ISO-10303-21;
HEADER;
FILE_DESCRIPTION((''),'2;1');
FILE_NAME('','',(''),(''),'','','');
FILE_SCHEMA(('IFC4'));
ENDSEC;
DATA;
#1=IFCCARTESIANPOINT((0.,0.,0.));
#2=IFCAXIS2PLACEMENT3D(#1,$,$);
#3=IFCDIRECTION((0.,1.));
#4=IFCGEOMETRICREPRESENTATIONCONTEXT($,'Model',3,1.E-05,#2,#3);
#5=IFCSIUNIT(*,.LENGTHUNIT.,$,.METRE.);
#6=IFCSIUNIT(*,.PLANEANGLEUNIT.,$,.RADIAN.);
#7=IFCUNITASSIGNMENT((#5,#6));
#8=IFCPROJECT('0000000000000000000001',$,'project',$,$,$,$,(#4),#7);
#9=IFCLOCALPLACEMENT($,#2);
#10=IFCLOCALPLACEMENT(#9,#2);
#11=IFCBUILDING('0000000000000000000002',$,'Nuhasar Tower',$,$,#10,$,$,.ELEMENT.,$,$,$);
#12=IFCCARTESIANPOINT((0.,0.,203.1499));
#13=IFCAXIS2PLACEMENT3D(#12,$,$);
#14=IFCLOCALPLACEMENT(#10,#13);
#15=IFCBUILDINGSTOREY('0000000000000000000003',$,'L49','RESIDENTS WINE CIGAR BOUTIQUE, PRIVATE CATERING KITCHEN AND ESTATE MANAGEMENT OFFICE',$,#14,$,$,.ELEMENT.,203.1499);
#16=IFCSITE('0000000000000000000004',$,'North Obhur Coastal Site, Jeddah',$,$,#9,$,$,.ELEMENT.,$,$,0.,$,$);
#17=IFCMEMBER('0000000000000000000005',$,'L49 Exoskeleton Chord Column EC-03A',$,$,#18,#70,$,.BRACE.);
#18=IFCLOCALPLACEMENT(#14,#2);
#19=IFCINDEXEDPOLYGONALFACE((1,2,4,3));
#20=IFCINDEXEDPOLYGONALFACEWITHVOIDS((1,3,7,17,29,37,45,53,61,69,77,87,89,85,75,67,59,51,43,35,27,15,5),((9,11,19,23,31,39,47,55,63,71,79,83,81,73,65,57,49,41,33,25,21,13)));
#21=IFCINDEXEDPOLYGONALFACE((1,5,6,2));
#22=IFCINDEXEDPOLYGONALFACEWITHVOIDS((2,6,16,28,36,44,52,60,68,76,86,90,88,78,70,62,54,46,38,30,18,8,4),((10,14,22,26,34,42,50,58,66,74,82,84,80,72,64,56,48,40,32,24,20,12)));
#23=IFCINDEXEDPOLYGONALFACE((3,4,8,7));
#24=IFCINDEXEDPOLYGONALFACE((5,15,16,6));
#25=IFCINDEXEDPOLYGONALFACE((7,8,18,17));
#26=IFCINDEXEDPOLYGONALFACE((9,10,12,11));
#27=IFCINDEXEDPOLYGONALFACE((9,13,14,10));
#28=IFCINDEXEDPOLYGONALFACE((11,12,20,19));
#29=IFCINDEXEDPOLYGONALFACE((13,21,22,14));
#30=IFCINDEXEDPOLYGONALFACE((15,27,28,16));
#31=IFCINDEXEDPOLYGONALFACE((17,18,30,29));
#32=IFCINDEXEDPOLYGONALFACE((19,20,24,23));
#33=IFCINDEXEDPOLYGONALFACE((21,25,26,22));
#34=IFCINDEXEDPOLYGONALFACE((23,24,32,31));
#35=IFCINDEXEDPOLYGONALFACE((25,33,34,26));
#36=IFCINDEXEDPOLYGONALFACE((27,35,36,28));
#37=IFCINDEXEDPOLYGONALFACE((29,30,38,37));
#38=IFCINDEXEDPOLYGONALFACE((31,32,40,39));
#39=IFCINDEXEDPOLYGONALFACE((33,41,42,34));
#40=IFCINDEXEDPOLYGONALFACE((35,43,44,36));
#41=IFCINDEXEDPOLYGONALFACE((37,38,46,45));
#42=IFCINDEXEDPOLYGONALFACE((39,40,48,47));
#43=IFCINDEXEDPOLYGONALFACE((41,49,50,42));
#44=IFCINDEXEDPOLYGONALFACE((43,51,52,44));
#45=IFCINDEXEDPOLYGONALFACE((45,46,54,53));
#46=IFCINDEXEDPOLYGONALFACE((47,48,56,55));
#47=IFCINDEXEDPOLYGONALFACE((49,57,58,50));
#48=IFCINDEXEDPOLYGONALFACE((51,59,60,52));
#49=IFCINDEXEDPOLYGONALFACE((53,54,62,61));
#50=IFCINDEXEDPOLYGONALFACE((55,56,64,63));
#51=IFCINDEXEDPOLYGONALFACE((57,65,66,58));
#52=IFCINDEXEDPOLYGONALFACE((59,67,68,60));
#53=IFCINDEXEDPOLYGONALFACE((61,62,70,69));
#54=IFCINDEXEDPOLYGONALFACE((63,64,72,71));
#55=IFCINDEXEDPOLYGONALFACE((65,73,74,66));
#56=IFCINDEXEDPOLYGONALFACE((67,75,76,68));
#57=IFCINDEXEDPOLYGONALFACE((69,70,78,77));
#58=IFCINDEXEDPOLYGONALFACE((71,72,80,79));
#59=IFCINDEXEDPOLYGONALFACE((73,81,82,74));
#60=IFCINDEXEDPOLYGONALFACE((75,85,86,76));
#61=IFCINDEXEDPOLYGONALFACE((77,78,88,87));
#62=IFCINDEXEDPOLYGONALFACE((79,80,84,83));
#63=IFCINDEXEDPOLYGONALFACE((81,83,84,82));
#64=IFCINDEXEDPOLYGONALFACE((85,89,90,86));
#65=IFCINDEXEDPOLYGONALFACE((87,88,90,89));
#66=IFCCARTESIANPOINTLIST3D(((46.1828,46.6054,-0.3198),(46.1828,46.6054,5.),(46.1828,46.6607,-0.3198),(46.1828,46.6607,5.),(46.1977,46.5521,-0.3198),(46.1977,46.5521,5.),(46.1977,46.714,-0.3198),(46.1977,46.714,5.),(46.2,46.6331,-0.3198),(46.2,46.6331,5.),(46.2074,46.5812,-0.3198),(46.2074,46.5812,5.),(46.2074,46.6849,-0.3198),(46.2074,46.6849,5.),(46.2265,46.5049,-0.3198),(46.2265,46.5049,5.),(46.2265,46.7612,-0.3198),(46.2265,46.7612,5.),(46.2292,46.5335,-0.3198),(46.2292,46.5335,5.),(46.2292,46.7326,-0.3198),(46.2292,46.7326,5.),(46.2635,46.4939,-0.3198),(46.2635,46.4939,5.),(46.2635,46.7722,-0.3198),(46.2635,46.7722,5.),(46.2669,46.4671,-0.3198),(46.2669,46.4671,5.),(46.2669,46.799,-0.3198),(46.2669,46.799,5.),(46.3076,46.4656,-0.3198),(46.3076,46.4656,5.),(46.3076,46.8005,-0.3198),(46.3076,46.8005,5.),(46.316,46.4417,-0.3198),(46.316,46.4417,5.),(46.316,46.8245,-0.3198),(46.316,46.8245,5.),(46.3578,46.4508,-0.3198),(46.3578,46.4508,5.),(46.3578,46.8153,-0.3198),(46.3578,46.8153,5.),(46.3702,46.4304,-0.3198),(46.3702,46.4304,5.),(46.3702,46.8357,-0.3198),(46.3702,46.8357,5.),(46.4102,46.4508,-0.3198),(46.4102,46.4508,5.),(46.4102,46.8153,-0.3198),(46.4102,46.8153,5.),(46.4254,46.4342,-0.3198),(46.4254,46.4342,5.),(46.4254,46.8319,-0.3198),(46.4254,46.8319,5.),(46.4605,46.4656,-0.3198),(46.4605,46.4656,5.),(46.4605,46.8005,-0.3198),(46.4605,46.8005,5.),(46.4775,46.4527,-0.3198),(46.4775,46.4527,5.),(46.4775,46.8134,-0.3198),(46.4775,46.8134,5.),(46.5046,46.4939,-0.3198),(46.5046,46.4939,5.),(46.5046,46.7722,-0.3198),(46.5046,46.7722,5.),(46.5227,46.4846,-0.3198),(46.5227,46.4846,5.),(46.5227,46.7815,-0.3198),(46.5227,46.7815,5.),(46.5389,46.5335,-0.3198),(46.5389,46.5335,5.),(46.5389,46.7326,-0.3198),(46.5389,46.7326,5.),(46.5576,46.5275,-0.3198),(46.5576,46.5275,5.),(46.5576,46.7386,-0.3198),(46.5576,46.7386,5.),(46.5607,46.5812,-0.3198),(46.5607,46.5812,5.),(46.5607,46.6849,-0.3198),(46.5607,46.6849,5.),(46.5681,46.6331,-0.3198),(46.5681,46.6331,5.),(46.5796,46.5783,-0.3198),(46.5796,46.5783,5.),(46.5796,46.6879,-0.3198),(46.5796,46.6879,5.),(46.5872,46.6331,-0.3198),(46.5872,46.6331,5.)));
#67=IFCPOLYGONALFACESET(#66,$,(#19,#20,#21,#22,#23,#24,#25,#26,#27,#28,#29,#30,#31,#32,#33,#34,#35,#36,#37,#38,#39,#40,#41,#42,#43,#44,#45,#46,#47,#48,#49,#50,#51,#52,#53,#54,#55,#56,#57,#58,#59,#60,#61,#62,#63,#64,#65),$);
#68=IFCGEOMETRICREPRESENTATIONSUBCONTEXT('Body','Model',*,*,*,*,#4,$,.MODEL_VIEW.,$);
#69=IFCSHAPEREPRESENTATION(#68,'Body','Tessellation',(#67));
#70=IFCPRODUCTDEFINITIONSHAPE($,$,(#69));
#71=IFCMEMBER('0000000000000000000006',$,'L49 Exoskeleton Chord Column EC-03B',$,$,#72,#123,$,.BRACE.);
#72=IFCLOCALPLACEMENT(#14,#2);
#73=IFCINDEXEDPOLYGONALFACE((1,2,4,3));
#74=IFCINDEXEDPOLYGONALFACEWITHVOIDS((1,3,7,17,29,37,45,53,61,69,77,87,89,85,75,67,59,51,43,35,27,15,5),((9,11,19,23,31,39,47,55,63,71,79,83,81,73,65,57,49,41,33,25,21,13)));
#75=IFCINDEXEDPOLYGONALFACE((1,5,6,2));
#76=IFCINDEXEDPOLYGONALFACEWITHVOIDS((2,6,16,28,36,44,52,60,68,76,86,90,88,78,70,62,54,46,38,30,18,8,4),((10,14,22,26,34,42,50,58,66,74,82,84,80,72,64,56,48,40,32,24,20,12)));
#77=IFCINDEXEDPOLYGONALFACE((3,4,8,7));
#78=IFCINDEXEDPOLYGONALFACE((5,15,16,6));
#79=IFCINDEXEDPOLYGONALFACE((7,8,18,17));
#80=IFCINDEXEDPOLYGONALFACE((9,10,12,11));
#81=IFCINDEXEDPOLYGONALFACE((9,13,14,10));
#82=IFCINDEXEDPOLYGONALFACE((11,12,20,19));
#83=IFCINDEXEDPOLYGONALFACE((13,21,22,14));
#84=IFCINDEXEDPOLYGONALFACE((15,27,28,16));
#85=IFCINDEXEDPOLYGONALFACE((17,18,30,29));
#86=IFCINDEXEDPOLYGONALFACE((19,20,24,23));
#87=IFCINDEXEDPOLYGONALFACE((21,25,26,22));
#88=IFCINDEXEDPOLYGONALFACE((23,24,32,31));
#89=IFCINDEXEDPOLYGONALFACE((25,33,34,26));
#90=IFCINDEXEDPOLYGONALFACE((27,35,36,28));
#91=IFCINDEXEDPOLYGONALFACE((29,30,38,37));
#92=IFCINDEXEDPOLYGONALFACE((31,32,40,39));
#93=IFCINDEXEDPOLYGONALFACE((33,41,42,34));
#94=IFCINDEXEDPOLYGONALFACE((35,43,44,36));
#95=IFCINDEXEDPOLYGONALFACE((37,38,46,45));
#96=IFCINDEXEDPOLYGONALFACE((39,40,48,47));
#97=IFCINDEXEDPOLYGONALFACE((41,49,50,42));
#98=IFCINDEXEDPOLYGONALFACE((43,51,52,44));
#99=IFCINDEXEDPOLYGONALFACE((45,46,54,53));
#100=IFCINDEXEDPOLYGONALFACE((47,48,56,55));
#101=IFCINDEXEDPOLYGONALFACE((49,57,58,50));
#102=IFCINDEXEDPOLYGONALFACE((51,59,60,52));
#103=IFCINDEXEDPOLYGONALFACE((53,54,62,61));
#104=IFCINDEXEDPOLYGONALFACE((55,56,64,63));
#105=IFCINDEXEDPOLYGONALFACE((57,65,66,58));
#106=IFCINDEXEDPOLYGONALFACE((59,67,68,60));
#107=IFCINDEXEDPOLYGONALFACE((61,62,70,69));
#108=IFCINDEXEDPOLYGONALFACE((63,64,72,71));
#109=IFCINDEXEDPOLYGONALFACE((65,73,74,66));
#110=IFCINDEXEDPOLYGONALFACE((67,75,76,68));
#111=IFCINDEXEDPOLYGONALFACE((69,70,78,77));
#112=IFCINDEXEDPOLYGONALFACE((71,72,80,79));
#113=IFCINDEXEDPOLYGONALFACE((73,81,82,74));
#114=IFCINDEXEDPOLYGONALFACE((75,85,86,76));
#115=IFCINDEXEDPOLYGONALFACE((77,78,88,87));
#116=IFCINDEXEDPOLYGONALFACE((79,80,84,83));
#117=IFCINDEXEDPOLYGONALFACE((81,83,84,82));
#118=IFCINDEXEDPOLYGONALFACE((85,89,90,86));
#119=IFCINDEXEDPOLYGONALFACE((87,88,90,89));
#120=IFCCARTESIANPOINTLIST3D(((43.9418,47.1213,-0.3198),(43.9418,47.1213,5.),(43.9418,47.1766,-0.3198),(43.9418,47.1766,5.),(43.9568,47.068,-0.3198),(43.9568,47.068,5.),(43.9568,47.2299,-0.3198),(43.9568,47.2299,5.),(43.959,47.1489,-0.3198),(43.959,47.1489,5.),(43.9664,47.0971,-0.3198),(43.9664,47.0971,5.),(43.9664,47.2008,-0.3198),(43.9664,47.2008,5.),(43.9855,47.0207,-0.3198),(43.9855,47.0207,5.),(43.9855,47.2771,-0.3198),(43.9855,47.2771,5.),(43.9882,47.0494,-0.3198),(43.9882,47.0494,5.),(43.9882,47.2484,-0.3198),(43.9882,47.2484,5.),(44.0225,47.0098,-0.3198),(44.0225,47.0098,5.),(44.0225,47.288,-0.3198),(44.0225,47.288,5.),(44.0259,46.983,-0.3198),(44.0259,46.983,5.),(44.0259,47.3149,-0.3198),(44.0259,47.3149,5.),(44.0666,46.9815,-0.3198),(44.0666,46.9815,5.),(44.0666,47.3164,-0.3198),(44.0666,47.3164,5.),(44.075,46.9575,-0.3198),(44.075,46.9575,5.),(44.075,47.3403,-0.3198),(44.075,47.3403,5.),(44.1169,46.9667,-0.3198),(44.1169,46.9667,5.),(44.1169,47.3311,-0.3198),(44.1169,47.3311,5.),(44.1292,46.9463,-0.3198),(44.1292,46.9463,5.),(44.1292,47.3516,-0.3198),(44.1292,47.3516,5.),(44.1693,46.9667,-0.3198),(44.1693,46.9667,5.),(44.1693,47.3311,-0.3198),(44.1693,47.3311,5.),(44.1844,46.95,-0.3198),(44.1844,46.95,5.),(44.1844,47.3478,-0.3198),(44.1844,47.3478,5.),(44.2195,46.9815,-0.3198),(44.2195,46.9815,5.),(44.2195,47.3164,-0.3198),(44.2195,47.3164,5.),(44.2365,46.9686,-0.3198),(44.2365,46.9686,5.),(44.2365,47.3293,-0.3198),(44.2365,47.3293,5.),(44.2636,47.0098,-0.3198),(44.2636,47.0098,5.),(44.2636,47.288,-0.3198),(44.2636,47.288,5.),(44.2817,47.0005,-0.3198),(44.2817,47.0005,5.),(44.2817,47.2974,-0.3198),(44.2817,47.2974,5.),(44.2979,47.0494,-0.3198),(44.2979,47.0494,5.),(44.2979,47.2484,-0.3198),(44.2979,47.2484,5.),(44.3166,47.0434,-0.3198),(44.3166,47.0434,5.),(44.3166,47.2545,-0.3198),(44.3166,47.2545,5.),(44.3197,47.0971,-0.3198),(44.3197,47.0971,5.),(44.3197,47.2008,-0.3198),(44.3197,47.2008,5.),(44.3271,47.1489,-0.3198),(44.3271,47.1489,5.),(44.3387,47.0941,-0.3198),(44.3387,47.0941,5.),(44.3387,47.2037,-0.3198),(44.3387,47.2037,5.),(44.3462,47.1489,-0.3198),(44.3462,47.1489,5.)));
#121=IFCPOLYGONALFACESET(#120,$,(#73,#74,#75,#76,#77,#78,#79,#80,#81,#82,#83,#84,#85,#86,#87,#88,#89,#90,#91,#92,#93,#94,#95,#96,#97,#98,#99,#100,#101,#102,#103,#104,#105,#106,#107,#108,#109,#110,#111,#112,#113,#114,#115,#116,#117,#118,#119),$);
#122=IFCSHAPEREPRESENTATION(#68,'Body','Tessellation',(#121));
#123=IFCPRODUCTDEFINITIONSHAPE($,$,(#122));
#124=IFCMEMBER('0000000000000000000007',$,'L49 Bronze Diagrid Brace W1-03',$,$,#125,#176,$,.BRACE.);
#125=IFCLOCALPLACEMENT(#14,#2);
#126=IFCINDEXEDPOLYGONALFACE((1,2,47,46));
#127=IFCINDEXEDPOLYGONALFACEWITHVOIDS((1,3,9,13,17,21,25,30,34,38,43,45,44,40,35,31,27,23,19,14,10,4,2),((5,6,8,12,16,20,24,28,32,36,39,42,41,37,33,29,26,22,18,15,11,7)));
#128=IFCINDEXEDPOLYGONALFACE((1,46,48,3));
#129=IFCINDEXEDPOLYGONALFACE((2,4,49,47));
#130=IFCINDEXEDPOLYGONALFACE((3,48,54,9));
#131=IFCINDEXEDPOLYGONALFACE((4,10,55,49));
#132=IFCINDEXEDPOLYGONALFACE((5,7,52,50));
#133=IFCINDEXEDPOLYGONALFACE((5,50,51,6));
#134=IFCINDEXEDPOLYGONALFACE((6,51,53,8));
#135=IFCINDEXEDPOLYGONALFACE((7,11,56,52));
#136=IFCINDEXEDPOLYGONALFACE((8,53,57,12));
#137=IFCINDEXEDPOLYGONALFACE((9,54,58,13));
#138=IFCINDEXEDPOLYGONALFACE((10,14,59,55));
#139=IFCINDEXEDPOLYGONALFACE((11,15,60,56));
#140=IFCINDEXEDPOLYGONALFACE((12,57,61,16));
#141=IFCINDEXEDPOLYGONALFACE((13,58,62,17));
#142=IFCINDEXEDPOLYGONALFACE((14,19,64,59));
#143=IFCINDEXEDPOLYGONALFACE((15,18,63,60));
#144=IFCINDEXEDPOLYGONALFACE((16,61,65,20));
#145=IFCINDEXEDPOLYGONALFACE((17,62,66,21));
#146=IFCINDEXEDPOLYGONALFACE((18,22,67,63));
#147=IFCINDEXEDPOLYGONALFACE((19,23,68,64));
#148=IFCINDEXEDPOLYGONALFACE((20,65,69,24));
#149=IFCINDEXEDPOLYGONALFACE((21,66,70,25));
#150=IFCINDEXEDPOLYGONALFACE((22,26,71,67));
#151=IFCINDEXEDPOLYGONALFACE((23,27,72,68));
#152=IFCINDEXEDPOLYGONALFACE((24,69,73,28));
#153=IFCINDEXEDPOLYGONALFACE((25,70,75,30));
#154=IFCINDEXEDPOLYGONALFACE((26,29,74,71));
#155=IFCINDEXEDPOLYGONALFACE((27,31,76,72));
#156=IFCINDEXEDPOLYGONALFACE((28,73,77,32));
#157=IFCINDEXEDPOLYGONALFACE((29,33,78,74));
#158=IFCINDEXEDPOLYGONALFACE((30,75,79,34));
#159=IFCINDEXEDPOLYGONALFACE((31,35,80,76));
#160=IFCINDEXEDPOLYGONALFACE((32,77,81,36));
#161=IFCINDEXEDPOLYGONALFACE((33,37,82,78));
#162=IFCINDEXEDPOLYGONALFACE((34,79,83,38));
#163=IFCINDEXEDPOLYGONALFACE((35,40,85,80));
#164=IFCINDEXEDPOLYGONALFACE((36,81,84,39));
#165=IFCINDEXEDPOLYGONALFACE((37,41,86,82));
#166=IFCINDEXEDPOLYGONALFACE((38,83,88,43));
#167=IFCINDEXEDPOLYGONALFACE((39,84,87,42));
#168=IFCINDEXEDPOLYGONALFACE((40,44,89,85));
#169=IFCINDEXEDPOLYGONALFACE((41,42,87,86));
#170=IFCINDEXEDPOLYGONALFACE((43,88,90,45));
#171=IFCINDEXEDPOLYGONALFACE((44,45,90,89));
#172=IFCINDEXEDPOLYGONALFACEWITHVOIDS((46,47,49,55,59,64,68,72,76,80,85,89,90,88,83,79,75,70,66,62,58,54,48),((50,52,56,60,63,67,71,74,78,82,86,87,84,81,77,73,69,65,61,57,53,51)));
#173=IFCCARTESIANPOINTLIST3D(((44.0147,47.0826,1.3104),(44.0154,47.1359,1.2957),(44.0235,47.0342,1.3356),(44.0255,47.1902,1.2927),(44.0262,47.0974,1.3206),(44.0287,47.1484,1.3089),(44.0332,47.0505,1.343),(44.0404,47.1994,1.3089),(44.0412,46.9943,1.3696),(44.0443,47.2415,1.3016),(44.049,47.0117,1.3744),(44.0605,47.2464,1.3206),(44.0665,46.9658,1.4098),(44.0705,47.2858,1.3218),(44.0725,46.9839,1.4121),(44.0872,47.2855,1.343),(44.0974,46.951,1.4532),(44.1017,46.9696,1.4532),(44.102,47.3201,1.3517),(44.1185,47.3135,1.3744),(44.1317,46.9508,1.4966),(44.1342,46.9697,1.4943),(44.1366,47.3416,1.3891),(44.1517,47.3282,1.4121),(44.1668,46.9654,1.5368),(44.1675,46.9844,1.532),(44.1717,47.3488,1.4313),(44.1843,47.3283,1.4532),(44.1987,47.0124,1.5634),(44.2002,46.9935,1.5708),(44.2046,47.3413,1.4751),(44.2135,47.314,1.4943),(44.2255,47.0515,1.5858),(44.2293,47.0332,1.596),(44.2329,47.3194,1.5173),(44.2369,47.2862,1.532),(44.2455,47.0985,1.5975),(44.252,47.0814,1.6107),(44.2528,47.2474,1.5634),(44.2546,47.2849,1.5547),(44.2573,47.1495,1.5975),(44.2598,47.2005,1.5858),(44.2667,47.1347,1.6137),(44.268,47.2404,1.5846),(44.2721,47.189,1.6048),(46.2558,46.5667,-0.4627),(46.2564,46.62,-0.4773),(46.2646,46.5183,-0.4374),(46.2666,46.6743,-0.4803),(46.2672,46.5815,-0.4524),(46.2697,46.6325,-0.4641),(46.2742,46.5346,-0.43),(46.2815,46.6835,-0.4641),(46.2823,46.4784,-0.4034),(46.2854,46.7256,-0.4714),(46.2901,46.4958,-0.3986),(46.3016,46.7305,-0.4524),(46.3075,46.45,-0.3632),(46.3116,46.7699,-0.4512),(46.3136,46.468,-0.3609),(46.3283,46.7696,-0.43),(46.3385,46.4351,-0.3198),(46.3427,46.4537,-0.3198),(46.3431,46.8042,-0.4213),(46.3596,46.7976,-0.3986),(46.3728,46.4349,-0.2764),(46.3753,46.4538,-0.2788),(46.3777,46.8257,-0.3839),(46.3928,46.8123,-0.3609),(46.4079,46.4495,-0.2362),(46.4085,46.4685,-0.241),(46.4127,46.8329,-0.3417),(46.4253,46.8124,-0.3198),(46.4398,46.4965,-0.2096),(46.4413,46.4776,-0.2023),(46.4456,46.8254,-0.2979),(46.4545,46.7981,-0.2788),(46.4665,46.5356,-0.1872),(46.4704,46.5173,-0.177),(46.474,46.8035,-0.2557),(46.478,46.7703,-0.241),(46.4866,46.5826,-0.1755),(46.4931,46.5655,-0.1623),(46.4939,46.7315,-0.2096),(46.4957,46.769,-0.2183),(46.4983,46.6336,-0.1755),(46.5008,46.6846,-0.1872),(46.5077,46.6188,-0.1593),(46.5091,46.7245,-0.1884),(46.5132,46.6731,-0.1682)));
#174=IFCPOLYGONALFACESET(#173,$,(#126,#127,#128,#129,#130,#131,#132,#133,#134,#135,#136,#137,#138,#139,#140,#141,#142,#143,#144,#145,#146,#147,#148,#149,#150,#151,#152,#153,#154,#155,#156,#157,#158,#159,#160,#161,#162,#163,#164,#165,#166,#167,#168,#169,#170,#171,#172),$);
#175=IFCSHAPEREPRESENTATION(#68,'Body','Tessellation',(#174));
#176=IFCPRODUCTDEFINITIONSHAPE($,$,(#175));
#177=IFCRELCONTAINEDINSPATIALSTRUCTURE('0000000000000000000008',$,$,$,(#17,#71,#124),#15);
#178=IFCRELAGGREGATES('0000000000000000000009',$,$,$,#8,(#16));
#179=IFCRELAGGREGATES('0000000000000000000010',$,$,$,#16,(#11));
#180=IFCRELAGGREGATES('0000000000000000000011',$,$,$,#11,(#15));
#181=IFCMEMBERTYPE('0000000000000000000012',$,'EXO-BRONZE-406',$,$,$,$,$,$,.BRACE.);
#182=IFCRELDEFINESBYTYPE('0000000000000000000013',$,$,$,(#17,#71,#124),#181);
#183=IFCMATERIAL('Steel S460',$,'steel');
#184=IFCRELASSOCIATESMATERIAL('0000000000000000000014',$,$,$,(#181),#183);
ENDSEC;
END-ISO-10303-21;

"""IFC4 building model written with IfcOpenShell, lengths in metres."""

from ifc_helpers import new_model, si_unit, direction, frame, origin, origin_2d, place, context, subcontext, project, spatial, hollow_circle, extrude, material, material_profile, profile_set, type_object, element, save


model = new_model("IFC4")

# Units and contexts
model_context = context("Model", 3, precision=1e-05, world=origin(), true_north=direction((0.0, 1.0)))
body_context = subcontext(model_context, "Body", "Model", "MODEL_VIEW")
ifc_project = project(units=[si_unit("LENGTHUNIT", "METRE"), si_unit("PLANEANGLEUNIT", "RADIAN")], contexts=[model_context])

# Site, building, storey
site_placement = place(None, origin())
site = spatial("IfcSite", under=ifc_project, at=site_placement, Name="North Obhur Coastal Site, Jeddah", CompositionType="ELEMENT", RefElevation=0.0)
building_placement = place(site_placement, origin())
building = spatial("IfcBuilding", under=site, at=building_placement, Name="Nuhasar Tower", CompositionType="ELEMENT")
storey_placement = place(building_placement, frame((0.0, 0.0, 203.1499)))
storey = spatial("IfcBuildingStorey", under=building, at=storey_placement, Name="L49", Description="RESIDENTS WINE CIGAR BOUTIQUE, PRIVATE CATERING KITCHEN AND ESTATE MANAGEMENT OFFICE", CompositionType="ELEMENT", Elevation=203.1499)

# Shared definitions
ifc_material_1 = material(Name="Steel S460", Category="steel")

# Members
ifc_material_profile_1 = material_profile(ifc_material_1, hollow_circle(Radius=0.2031, WallThickness=0.019, at=origin_2d()), Name="HSS406.4X19.1")
ifc_profile_set_1 = profile_set([ifc_material_profile_1], Name="Steel S460")
member_type_1 = type_object("IfcMemberType", Name="EXO-BRONZE-406", PredefinedType="BRACE", material=ifc_profile_set_1)
for number, where, z_axis, x_axis, name in (
    (1, (46.384, 46.6331, -0.3198), (0.0, 0.0, 1.0), (1.0, 0.0, 0.0), "L49 Exoskeleton Chord Column EC-03A"),
    (2, (44.1431, 47.1489, -0.3198), (0.0, 0.0, 1.0), (1.0, 0.0, 0.0), "L49 Exoskeleton Chord Column EC-03B"),
):
    element("IfcMember", number, at=place(storey_placement, frame(where, z_axis=z_axis, x_axis=x_axis)), inside=storey, type_object=member_type_1, Name=name, PredefinedType="BRACE", context=body_context, shape_type="SweptSolid", body=[
        extrude(hollow_circle(Radius=0.2031, WallThickness=0.019, at=origin_2d()), origin(), (0.0, 0.0, 1.0), 5.3198),
    ])
member_1_placement = place(storey_placement, frame((46.384, 46.6331, -0.3198), z_axis=(-0.771766, 0.17766, 0.610585), x_axis=(-0.224332, -0.974513, 0.0)))
element("IfcMember", 3, at=member_1_placement, inside=storey, type_object=member_type_1, Name="L49 Bronze Diagrid Brace W1-03", PredefinedType="BRACE", context=body_context, shape_type="SweptSolid", body=[
    extrude(hollow_circle(Radius=0.2031, WallThickness=0.019, at=origin_2d()), origin(), (0.0, 0.0, 1.0), 2.9038),
])

save(model, "model.ifc")
